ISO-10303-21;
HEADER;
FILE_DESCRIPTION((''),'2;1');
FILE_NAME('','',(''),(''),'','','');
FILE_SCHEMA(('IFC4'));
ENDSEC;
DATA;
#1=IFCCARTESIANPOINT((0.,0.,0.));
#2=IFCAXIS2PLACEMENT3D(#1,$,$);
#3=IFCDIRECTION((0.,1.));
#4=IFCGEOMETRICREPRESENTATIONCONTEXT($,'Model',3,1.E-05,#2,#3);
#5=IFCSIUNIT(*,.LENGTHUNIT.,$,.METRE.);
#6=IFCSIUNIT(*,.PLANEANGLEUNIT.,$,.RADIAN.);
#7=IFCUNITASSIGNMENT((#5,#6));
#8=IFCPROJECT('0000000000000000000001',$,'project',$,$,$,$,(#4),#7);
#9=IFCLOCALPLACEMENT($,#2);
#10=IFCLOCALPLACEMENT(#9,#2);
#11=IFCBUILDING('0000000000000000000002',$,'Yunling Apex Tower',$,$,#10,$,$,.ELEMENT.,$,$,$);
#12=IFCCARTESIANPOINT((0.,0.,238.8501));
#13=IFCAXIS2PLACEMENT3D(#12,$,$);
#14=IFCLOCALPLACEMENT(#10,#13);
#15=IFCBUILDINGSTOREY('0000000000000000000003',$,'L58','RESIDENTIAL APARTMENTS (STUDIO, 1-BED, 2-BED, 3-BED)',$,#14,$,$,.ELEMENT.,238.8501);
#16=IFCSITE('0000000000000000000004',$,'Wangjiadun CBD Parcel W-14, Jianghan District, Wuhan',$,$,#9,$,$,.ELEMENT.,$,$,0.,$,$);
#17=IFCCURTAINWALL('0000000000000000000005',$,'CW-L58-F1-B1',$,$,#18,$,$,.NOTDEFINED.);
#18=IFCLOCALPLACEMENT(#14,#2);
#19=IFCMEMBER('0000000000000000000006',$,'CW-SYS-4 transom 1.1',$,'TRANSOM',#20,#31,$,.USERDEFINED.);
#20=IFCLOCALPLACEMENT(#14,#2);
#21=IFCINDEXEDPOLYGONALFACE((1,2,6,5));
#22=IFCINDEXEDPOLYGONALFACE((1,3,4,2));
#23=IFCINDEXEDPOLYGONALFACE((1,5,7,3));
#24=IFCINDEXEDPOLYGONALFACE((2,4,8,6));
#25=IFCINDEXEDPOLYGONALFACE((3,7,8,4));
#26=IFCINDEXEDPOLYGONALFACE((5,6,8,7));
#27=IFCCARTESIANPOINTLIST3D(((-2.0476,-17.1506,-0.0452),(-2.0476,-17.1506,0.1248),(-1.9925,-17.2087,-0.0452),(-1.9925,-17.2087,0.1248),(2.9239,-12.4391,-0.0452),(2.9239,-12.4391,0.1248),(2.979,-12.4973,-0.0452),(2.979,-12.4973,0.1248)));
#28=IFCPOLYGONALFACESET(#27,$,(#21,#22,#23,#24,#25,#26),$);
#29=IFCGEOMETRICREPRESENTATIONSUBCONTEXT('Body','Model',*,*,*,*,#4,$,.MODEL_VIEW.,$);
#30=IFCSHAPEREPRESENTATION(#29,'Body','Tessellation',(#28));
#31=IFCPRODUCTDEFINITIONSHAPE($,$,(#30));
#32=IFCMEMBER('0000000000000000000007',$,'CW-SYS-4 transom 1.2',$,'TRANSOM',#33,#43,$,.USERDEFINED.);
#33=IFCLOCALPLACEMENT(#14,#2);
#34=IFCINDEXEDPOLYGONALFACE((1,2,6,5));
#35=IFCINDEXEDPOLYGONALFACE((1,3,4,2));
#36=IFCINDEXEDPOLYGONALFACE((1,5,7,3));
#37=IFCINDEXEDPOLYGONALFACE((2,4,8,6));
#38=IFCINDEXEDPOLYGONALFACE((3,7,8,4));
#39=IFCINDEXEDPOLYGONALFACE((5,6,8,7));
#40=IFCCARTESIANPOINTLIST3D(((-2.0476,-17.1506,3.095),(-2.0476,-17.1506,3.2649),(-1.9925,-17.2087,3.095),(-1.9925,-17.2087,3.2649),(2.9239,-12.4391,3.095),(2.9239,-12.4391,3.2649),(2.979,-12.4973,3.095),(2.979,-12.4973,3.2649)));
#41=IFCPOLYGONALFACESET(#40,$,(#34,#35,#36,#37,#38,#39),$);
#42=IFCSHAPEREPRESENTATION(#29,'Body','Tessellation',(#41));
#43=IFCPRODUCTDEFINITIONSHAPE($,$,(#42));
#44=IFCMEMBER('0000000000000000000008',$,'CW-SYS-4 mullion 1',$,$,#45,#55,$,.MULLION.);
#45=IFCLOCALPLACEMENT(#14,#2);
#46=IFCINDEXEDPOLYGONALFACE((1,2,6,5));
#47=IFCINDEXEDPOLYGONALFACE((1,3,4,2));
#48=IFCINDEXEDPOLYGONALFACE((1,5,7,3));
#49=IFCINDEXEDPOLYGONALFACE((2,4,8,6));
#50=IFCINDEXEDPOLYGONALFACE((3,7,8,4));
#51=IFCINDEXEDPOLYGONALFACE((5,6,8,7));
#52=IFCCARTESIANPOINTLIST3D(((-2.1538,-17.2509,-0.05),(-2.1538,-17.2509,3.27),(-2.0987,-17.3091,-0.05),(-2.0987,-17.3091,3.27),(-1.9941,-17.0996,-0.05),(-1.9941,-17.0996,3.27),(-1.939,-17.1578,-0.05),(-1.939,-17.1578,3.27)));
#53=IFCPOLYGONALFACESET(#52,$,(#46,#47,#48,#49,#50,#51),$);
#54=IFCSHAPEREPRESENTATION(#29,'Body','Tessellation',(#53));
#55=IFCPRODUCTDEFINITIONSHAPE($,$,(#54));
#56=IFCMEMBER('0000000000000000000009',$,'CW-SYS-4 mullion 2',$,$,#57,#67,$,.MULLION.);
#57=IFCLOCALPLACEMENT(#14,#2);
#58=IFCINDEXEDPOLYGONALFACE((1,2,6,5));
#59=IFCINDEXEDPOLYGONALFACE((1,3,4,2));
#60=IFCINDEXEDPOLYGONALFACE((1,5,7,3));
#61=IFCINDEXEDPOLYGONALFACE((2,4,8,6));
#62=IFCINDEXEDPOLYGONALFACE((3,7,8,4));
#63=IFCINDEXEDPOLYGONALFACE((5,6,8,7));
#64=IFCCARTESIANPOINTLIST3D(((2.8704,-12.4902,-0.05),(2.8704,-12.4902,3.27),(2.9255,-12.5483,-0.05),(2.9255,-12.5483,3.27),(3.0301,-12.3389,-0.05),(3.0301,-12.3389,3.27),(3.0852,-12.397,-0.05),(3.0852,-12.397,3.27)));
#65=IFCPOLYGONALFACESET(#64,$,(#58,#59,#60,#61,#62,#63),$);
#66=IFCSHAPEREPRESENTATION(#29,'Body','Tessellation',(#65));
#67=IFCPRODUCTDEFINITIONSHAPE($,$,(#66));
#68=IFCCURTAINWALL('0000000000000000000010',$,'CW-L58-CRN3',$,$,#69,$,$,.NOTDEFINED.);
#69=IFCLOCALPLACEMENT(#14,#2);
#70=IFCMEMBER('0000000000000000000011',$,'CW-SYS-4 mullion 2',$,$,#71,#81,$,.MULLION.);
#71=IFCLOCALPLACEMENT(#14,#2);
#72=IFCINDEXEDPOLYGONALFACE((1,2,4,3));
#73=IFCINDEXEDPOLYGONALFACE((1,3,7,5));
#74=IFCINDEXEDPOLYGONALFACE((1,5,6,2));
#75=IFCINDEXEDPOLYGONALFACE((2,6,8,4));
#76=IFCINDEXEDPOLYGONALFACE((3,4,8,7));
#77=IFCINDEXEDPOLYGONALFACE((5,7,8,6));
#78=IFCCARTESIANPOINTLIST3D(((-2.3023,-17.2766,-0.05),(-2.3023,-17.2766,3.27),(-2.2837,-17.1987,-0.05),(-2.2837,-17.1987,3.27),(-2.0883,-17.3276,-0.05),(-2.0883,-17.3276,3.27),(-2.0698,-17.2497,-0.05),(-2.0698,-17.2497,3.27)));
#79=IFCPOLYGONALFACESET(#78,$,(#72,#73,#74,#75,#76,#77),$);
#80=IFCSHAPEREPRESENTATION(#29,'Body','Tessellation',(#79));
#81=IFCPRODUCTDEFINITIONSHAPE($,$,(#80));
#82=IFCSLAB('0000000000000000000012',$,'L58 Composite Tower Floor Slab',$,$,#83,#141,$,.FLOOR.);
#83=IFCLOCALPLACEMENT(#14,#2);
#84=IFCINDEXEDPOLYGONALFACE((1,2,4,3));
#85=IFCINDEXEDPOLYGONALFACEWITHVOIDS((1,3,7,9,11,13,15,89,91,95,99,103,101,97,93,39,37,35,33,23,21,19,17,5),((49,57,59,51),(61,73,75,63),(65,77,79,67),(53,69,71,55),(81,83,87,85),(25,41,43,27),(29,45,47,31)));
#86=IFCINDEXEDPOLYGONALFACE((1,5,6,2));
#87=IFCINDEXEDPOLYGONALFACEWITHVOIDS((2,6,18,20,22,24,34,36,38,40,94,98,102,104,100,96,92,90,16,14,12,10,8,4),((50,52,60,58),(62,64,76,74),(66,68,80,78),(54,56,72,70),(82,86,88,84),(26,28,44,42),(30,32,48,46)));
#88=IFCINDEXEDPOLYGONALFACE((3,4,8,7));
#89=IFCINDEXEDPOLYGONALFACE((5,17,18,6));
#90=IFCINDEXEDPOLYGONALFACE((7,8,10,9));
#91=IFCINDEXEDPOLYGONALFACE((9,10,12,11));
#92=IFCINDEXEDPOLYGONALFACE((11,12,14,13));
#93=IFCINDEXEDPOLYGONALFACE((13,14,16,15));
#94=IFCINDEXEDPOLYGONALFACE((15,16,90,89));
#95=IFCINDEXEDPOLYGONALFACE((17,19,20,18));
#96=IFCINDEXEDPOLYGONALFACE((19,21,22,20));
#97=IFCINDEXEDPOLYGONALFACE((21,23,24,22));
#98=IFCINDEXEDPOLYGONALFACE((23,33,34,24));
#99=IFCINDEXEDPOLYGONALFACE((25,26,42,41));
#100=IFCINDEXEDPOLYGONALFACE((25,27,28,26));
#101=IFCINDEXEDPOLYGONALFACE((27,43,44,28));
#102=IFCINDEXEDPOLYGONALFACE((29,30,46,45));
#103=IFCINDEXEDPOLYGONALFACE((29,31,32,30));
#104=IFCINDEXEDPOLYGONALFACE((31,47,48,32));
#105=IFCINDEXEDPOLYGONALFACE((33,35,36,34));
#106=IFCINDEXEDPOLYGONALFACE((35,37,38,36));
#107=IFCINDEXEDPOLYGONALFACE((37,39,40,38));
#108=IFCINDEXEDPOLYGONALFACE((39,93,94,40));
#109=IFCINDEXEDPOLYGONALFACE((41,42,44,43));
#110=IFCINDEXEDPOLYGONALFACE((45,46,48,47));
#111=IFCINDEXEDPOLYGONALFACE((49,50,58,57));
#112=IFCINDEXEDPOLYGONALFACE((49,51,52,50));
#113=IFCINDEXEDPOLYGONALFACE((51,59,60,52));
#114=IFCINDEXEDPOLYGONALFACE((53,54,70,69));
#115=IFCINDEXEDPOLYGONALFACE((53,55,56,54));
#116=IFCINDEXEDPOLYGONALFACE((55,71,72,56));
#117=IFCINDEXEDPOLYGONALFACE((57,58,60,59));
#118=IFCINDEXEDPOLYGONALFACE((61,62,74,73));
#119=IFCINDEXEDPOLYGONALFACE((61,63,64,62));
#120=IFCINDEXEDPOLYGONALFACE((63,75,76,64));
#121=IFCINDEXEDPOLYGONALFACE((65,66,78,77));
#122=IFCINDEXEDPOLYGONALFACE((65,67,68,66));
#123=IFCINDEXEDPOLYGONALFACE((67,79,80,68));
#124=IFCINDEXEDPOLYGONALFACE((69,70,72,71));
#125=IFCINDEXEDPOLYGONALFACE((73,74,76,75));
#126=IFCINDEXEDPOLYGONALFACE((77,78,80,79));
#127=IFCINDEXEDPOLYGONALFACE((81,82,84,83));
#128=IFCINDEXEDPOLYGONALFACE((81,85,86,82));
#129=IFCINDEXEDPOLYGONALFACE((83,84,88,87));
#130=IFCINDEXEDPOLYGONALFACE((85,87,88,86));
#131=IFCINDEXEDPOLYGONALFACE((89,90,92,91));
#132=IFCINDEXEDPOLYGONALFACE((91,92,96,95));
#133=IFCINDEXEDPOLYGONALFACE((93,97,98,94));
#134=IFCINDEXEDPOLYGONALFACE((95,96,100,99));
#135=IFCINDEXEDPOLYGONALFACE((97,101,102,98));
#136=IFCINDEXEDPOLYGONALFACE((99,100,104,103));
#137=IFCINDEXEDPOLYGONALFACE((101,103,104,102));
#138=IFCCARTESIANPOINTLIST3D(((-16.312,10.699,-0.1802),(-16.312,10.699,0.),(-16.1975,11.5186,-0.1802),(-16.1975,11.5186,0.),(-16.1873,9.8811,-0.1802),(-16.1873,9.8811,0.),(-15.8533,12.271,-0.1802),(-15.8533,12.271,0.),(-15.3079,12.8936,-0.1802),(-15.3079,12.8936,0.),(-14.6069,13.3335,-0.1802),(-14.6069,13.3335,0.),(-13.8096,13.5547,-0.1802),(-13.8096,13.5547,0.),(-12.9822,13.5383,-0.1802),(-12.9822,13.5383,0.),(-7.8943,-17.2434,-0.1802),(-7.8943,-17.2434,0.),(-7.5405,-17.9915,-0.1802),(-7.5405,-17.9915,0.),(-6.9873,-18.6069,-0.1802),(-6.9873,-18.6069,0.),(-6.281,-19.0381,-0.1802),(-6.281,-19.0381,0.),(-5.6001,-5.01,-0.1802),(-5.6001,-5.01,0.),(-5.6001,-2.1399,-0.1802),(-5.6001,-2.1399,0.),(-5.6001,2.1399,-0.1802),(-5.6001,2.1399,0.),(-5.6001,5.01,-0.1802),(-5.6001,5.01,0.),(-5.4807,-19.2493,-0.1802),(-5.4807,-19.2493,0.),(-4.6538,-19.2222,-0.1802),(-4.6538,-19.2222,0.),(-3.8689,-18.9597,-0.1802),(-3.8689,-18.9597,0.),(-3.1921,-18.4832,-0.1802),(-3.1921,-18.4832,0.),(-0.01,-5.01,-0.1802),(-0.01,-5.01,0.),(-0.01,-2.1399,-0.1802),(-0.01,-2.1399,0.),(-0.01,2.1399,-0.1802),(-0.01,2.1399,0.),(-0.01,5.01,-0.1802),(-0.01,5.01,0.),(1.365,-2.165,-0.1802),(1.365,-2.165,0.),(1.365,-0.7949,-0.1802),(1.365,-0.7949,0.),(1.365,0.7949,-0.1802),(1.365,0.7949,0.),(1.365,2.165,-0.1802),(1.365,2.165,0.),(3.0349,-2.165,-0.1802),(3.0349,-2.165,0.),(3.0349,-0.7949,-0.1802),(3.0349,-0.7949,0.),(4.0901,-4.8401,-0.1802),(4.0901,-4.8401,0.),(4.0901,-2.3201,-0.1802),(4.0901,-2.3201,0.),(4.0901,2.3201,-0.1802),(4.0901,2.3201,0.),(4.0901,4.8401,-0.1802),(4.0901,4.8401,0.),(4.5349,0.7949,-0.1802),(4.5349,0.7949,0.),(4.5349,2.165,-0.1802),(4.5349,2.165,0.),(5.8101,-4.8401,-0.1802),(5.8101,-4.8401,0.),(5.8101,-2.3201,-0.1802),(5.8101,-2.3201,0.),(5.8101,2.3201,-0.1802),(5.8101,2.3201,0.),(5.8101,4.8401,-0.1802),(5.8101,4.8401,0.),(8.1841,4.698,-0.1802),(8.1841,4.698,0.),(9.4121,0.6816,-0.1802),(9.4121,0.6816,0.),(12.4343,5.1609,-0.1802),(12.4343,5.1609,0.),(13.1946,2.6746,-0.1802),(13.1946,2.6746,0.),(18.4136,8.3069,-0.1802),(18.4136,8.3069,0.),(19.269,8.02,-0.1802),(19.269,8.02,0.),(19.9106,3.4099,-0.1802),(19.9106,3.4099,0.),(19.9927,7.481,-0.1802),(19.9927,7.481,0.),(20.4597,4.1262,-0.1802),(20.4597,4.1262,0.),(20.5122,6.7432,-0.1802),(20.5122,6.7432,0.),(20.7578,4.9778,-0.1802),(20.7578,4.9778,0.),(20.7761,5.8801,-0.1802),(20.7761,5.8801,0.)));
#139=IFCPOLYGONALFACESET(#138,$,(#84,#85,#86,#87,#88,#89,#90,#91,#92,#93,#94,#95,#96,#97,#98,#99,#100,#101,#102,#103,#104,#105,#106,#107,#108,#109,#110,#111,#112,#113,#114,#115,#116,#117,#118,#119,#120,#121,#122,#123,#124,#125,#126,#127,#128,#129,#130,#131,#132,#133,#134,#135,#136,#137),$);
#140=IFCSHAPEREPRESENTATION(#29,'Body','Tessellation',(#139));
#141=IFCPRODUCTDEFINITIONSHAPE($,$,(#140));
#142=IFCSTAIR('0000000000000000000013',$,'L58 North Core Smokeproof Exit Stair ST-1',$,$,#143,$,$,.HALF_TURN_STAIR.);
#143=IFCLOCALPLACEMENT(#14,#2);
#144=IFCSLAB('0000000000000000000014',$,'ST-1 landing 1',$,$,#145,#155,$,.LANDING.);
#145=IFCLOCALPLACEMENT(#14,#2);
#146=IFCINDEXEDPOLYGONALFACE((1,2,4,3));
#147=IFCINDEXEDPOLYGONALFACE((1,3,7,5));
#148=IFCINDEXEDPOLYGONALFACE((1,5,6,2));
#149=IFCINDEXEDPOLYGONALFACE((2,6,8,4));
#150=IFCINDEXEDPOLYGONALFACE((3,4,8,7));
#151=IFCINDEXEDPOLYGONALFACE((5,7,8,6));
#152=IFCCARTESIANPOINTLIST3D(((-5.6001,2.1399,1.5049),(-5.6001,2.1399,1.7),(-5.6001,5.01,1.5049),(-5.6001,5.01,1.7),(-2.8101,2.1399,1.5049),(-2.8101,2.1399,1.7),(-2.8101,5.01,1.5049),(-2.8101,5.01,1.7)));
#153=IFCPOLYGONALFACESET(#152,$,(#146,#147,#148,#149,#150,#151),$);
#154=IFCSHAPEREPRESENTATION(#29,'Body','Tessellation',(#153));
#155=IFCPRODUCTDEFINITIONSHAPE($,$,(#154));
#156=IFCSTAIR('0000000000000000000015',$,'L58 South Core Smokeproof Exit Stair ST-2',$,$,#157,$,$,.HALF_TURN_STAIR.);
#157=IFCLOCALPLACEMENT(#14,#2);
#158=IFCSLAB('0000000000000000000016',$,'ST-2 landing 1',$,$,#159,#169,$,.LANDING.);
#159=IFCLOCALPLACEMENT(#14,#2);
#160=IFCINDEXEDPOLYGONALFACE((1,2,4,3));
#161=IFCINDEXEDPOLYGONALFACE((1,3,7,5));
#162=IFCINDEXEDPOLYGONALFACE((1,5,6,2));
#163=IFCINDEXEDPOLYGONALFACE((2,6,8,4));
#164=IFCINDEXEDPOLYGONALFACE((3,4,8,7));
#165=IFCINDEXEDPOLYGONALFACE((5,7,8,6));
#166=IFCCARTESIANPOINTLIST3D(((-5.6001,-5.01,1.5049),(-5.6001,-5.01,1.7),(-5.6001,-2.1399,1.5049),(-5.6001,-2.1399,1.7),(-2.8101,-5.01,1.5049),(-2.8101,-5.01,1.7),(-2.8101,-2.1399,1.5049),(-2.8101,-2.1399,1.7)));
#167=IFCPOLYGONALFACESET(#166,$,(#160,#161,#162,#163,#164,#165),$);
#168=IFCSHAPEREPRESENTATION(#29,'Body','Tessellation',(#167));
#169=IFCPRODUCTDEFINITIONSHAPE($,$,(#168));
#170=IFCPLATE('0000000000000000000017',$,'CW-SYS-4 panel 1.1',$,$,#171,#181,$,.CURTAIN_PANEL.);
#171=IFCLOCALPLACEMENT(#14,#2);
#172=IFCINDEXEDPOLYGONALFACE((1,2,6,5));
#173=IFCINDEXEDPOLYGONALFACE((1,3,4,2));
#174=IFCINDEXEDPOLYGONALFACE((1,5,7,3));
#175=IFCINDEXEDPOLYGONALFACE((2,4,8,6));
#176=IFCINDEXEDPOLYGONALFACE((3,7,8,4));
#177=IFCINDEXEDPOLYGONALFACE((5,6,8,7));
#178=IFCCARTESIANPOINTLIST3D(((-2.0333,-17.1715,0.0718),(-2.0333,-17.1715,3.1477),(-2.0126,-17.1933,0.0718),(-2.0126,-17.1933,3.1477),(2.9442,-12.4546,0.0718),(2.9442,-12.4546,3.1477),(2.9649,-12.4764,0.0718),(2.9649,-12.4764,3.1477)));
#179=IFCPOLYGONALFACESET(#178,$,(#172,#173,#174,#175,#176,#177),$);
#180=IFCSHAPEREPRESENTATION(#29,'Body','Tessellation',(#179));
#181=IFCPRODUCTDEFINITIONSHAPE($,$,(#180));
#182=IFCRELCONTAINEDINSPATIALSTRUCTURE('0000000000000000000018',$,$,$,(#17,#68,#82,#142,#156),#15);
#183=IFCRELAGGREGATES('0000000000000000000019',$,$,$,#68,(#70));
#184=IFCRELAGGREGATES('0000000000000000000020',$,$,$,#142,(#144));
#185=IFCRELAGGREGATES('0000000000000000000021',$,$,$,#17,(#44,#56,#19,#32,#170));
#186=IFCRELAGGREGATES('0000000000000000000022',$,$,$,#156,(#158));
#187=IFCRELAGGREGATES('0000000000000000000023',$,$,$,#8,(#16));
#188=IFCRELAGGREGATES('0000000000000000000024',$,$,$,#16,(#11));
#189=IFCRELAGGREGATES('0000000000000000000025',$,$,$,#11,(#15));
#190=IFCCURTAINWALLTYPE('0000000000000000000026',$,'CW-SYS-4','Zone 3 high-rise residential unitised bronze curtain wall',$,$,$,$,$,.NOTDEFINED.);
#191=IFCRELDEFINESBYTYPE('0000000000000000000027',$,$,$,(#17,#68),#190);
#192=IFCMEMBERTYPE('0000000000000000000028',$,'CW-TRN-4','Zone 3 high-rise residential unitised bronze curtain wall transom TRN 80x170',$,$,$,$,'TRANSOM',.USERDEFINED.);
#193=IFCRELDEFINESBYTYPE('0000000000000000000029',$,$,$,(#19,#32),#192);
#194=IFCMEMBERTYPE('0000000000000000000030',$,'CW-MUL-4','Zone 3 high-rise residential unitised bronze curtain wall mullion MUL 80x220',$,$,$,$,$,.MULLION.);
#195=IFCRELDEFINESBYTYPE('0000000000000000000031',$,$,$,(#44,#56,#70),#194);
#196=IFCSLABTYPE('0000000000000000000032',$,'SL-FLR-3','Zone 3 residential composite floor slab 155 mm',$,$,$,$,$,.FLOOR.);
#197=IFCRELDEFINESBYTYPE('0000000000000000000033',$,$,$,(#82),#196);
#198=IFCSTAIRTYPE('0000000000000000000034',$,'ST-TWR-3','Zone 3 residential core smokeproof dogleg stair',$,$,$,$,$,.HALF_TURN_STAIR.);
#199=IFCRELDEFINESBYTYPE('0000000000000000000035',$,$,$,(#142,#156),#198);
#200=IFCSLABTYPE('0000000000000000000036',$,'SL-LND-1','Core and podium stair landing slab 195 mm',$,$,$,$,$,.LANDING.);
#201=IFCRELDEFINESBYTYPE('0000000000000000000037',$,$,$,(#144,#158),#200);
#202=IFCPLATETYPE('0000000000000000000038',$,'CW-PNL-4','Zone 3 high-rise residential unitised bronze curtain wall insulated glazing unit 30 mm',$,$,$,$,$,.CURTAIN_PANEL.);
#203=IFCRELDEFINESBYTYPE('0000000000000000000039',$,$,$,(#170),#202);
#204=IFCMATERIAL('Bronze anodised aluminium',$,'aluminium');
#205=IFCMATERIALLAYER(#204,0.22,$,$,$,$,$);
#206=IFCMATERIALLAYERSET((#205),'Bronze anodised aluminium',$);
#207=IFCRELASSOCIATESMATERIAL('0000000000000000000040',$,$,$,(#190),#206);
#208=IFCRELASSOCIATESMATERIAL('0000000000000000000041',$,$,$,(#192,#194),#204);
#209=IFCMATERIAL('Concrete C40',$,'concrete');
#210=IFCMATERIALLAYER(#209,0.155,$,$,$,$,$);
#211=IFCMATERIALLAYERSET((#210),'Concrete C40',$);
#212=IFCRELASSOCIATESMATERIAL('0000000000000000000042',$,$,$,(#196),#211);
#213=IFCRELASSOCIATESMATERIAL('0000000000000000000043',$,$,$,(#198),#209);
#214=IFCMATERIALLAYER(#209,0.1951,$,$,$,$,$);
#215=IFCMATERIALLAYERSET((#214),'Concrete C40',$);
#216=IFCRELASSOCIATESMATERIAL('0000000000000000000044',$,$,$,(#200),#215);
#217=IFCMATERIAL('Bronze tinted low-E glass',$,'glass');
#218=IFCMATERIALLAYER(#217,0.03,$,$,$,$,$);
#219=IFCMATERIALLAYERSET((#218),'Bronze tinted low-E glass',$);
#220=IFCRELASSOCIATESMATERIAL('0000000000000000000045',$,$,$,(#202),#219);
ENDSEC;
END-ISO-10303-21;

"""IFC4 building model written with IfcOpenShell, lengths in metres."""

from ifc_helpers import new_model, si_unit, direction, frame, origin, origin_2d, place, context, subcontext, project, spatial, polyline, rectangle, outline, extrude, source, transform, mapped, material, layer, layer_set, material_profile, profile_set, type_object, element, aggregate, save


model = new_model("IFC4")

# Units and contexts
model_context = context("Model", 3, precision=1e-05, world=origin(), true_north=direction((0.0, 1.0)))
body_context = subcontext(model_context, "Body", "Model", "MODEL_VIEW")
ifc_project = project(units=[si_unit("LENGTHUNIT", "METRE"), si_unit("PLANEANGLEUNIT", "RADIAN")], contexts=[model_context])

# Site, building, storey
site_placement = place(None, origin())
site = spatial("IfcSite", under=ifc_project, at=site_placement, Name="Wangjiadun CBD Parcel W-14, Jianghan District, Wuhan", CompositionType="ELEMENT", RefElevation=0.0)
building_placement = place(site_placement, origin())
building = spatial("IfcBuilding", under=site, at=building_placement, Name="Yunling Apex Tower", CompositionType="ELEMENT")
storey_placement = place(building_placement, frame((0.0, 0.0, 238.8501)))
storey = spatial("IfcBuildingStorey", under=building, at=storey_placement, Name="L58", Description="RESIDENTIAL APARTMENTS (STUDIO, 1-BED, 2-BED, 3-BED)", CompositionType="ELEMENT", Elevation=238.8501)

# Curtain wall, members
ifc_material_1 = material(Name="Bronze anodised aluminium", Category="aluminium")
ifc_layer_1 = layer(ifc_material_1, 0.22)
ifc_layer_set_1 = layer_set([ifc_layer_1], Name="Bronze anodised aluminium")
curtain_wall_type = type_object("IfcCurtainWallType", Name="CW-SYS-4", Description="Zone 3 high-rise residential unitised bronze curtain wall", PredefinedType="NOTDEFINED", material=ifc_layer_set_1)
curtain_wall_1_placement = place(storey_placement, origin())
curtain_wall_1 = element("IfcCurtainWall", 1, at=curtain_wall_1_placement, inside=storey, type_object=curtain_wall_type, Name="CW-L58-F1-B1", PredefinedType="NOTDEFINED")
ifc_material_profile_1 = material_profile(ifc_material_1, rectangle(XDim=0.0801, YDim=0.1699, at=origin_2d()))
ifc_profile_set_1 = profile_set([ifc_material_profile_1], Name="Bronze anodised aluminium")
member_type_1 = type_object("IfcMemberType", Name="CW-TRN-4", Description="Zone 3 high-rise residential unitised bronze curtain wall transom TRN 80x170", ElementType="TRANSOM", PredefinedType="USERDEFINED", material=ifc_profile_set_1)
shared_shape_1 = source(origin(), body_context, "Body", "SweptSolid", [
    extrude(rectangle(XDim=0.0801, YDim=0.1699, at=origin_2d()), origin(), (0.0, 0.0, 1.0), 6.8494),
])
member_1_placement = place(storey_placement, frame((-2.02, -17.1797, 0.0398), z_axis=(0.725833, 0.687871, 0.0), x_axis=(-0.687871, 0.725833, 0.0)))
member_1 = element("IfcMember", 2, at=member_1_placement, type_object=member_type_1, Name="CW-SYS-4 transom 1.1", ObjectType="TRANSOM", PredefinedType="USERDEFINED", context=body_context, shape_type="MappedRepresentation", body=[
    mapped(shared_shape_1, transform((0.0, 0.0, 0.0), scale=1.0)),
])
member_2_placement = place(storey_placement, frame((-2.02, -17.1797, 3.1799), z_axis=(0.725833, 0.687871, 0.0), x_axis=(-0.687871, 0.725833, 0.0)))
member_2 = element("IfcMember", 3, at=member_2_placement, type_object=member_type_1, Name="CW-SYS-4 transom 1.2", ObjectType="TRANSOM", PredefinedType="USERDEFINED", context=body_context, shape_type="MappedRepresentation", body=[
    mapped(shared_shape_1, transform((0.0, 0.0, 0.0), scale=1.0)),
])
ifc_material_profile_2 = material_profile(ifc_material_1, rectangle(XDim=0.0801, YDim=0.22, at=origin_2d()))
ifc_profile_set_2 = profile_set([ifc_material_profile_2], Name="Bronze anodised aluminium")
member_type_2 = type_object("IfcMemberType", Name="CW-MUL-4", Description="Zone 3 high-rise residential unitised bronze curtain wall mullion MUL 80x220", PredefinedType="MULLION", material=ifc_profile_set_2)
shared_shape_2 = source(origin(), body_context, "Body", "SweptSolid", [
    extrude(rectangle(XDim=0.0801, YDim=0.22, at=origin_2d()), origin(), (0.0, 0.0, 1.0), 3.3201),
])
member_3_placement = place(storey_placement, frame((-2.0464, -17.2043, -0.05), z_axis=(0.0, 0.0, 1.0), x_axis=(-0.687848, 0.725855, 0.0)))
member_3 = element("IfcMember", 4, at=member_3_placement, type_object=member_type_2, Name="CW-SYS-4 mullion 1", PredefinedType="MULLION", context=body_context, shape_type="MappedRepresentation", body=[
    mapped(shared_shape_2, transform((0.0, 0.0, 0.0), scale=1.0)),
])
member_4_placement = place(storey_placement, frame((2.9778, -12.4436, -0.05), z_axis=(0.0, 0.0, 1.0), x_axis=(-0.687848, 0.725855, 0.0)))
member_4 = element("IfcMember", 5, at=member_4_placement, type_object=member_type_2, Name="CW-SYS-4 mullion 2", PredefinedType="MULLION", context=body_context, shape_type="MappedRepresentation", body=[
    mapped(shared_shape_2, transform((0.0, 0.0, 0.0), scale=1.0)),
])

# Curtain wall, member
curtain_wall_2_placement = place(storey_placement, origin())
curtain_wall_2 = element("IfcCurtainWall", 6, at=curtain_wall_2_placement, inside=storey, type_object=curtain_wall_type, Name="CW-L58-CRN3", PredefinedType="NOTDEFINED")
member_5_placement = place(storey_placement, frame((-2.186, -17.2632, -0.05), z_axis=(0.0, 0.0, 1.0), x_axis=(0.231809, 0.972761, 0.0)))
member_5 = element("IfcMember", 7, at=member_5_placement, type_object=member_type_2, Name="CW-SYS-4 mullion 2", PredefinedType="MULLION", context=body_context, shape_type="MappedRepresentation", body=[
    mapped(shared_shape_2, transform((0.0, 0.0, 0.0), scale=1.0)),
])
aggregate(curtain_wall_2, [member_5])

# Slab
ifc_material_2 = material(Name="Concrete C40", Category="concrete")
ifc_layer_2 = layer(ifc_material_2, 0.155)
ifc_layer_set_2 = layer_set([ifc_layer_2], Name="Concrete C40")
slab_type_1 = type_object("IfcSlabType", Name="SL-FLR-3", Description="Zone 3 residential composite floor slab 155 mm", PredefinedType="FLOOR", material=ifc_layer_set_2)
slab_1_placement = place(storey_placement, frame((0.0, 0.0, -0.1802)))
element("IfcSlab", 8, at=slab_1_placement, inside=storey, type_object=slab_type_1, Name="L58 Composite Tower Floor Slab", PredefinedType="FLOOR", context=body_context, shape_type="SweptSolid", body=[
    extrude(outline(polyline([(-7.8943, -17.2434), (-7.5405, -17.9915), (-6.9873, -18.6069), (-6.281, -19.0381), (-5.4807, -19.2493), (-4.6538, -19.2222), (-3.8689, -18.9597), (-3.1921, -18.4832), (19.9106, 3.4099), (20.4597, 4.1262), (20.7578, 4.9778), (20.7761, 5.8801), (20.5122, 6.7432), (19.9927, 7.481), (19.269, 8.02), (18.4136, 8.3069), (-12.9822, 13.5383), (-13.8096, 13.5547), (-14.6069, 13.3335), (-15.3079, 12.8936), (-15.8533, 12.271), (-16.1975, 11.5186), (-16.312, 10.699), (-16.1873, 9.8811), (-7.8943, -17.2434)]), holes=[polyline([(8.1841, 4.698), (12.4343, 5.1609), (13.1946, 2.6746), (9.4121, 0.6816), (8.1841, 4.698)]), polyline([(4.0901, -2.3201), (5.8101, -2.3201), (5.8101, -4.8401), (4.0901, -4.8401), (4.0901, -2.3201)]), polyline([(4.0901, 4.8401), (5.8101, 4.8401), (5.8101, 2.3201), (4.0901, 2.3201), (4.0901, 4.8401)]), polyline([(1.365, 0.7949), (1.365, 2.165), (4.5349, 2.165), (4.5349, 0.7949), (1.365, 0.7949)]), polyline([(1.365, -0.7949), (3.0349, -0.7949), (3.0349, -2.165), (1.365, -2.165), (1.365, -0.7949)]), polyline([(-0.01, -5.01), (-5.6001, -5.01), (-5.6001, -2.1399), (-0.01, -2.1399), (-0.01, -5.01)]), polyline([(-0.01, 2.1399), (-5.6001, 2.1399), (-5.6001, 5.01), (-0.01, 5.01), (-0.01, 2.1399)])]), origin(), (0.0, 0.0, 1.0), 0.1802),
])

# Stairs, slabs
stair_type = type_object("IfcStairType", Name="ST-TWR-3", Description="Zone 3 residential core smokeproof dogleg stair", PredefinedType="HALF_TURN_STAIR", material=ifc_material_2)
stair_1_placement = place(storey_placement, origin())
stair_1 = element("IfcStair", 9, at=stair_1_placement, inside=storey, type_object=stair_type, Name="L58 North Core Smokeproof Exit Stair ST-1", PredefinedType="HALF_TURN_STAIR")
ifc_layer_3 = layer(ifc_material_2, 0.1951)
ifc_layer_set_3 = layer_set([ifc_layer_3], Name="Concrete C40")
slab_type_2 = type_object("IfcSlabType", Name="SL-LND-1", Description="Core and podium stair landing slab 195 mm", PredefinedType="LANDING", material=ifc_layer_set_3)
slab_2_placement = place(storey_placement, frame((0.0, 0.0, 1.5049)))
slab_2 = element("IfcSlab", 10, at=slab_2_placement, type_object=slab_type_2, Name="ST-1 landing 1", PredefinedType="LANDING", context=body_context, shape_type="SweptSolid", body=[
    extrude(outline(polyline([(-2.8101, 5.01), (-5.6001, 5.01), (-5.6001, 2.1399), (-2.8101, 2.1399), (-2.8101, 5.01)])), origin(), (0.0, 0.0, 1.0), 0.1951),
])
aggregate(stair_1, [slab_2])
stair_2_placement = place(storey_placement, origin())
stair_2 = element("IfcStair", 11, at=stair_2_placement, inside=storey, type_object=stair_type, Name="L58 South Core Smokeproof Exit Stair ST-2", PredefinedType="HALF_TURN_STAIR")
slab_3_placement = place(storey_placement, frame((0.0, 0.0, 1.5049)))
slab_3 = element("IfcSlab", 12, at=slab_3_placement, type_object=slab_type_2, Name="ST-2 landing 1", PredefinedType="LANDING", context=body_context, shape_type="SweptSolid", body=[
    extrude(outline(polyline([(-2.8101, -2.1399), (-5.6001, -2.1399), (-5.6001, -5.01), (-2.8101, -5.01), (-2.8101, -2.1399)])), origin(), (0.0, 0.0, 1.0), 0.1951),
])

# Plate
ifc_material_3 = material(Name="Bronze tinted low-E glass", Category="glass")
ifc_layer_4 = layer(ifc_material_3, 0.03)
ifc_layer_set_4 = layer_set([ifc_layer_4], Name="Bronze tinted low-E glass")
plate_type = type_object("IfcPlateType", Name="CW-PNL-4", Description="Zone 3 high-rise residential unitised bronze curtain wall insulated glazing unit 30 mm", PredefinedType="CURTAIN_PANEL", material=ifc_layer_set_4)
shared_shape_3 = source(origin(), body_context, "Body", "SweptSolid", [
    extrude(rectangle(XDim=6.8574, YDim=0.03, at=origin_2d()), origin(), (0.0, 0.0, 1.0), 3.0759),
])
plate_placement = place(storey_placement, frame((0.4658, -14.824, 0.0718), z_axis=(0.0, 0.0, 1.0), x_axis=(0.725855, 0.687848, 0.0)))
plate = element("IfcPlate", 13, at=plate_placement, type_object=plate_type, Name="CW-SYS-4 panel 1.1", PredefinedType="CURTAIN_PANEL", context=body_context, shape_type="MappedRepresentation", body=[
    mapped(shared_shape_3, transform((0.0, 0.0, 0.0), scale=1.0)),
])
aggregate(curtain_wall_1, [member_3, member_4, member_1, member_2, plate])

aggregate(stair_2, [slab_3])

save(model, "model.ifc")
